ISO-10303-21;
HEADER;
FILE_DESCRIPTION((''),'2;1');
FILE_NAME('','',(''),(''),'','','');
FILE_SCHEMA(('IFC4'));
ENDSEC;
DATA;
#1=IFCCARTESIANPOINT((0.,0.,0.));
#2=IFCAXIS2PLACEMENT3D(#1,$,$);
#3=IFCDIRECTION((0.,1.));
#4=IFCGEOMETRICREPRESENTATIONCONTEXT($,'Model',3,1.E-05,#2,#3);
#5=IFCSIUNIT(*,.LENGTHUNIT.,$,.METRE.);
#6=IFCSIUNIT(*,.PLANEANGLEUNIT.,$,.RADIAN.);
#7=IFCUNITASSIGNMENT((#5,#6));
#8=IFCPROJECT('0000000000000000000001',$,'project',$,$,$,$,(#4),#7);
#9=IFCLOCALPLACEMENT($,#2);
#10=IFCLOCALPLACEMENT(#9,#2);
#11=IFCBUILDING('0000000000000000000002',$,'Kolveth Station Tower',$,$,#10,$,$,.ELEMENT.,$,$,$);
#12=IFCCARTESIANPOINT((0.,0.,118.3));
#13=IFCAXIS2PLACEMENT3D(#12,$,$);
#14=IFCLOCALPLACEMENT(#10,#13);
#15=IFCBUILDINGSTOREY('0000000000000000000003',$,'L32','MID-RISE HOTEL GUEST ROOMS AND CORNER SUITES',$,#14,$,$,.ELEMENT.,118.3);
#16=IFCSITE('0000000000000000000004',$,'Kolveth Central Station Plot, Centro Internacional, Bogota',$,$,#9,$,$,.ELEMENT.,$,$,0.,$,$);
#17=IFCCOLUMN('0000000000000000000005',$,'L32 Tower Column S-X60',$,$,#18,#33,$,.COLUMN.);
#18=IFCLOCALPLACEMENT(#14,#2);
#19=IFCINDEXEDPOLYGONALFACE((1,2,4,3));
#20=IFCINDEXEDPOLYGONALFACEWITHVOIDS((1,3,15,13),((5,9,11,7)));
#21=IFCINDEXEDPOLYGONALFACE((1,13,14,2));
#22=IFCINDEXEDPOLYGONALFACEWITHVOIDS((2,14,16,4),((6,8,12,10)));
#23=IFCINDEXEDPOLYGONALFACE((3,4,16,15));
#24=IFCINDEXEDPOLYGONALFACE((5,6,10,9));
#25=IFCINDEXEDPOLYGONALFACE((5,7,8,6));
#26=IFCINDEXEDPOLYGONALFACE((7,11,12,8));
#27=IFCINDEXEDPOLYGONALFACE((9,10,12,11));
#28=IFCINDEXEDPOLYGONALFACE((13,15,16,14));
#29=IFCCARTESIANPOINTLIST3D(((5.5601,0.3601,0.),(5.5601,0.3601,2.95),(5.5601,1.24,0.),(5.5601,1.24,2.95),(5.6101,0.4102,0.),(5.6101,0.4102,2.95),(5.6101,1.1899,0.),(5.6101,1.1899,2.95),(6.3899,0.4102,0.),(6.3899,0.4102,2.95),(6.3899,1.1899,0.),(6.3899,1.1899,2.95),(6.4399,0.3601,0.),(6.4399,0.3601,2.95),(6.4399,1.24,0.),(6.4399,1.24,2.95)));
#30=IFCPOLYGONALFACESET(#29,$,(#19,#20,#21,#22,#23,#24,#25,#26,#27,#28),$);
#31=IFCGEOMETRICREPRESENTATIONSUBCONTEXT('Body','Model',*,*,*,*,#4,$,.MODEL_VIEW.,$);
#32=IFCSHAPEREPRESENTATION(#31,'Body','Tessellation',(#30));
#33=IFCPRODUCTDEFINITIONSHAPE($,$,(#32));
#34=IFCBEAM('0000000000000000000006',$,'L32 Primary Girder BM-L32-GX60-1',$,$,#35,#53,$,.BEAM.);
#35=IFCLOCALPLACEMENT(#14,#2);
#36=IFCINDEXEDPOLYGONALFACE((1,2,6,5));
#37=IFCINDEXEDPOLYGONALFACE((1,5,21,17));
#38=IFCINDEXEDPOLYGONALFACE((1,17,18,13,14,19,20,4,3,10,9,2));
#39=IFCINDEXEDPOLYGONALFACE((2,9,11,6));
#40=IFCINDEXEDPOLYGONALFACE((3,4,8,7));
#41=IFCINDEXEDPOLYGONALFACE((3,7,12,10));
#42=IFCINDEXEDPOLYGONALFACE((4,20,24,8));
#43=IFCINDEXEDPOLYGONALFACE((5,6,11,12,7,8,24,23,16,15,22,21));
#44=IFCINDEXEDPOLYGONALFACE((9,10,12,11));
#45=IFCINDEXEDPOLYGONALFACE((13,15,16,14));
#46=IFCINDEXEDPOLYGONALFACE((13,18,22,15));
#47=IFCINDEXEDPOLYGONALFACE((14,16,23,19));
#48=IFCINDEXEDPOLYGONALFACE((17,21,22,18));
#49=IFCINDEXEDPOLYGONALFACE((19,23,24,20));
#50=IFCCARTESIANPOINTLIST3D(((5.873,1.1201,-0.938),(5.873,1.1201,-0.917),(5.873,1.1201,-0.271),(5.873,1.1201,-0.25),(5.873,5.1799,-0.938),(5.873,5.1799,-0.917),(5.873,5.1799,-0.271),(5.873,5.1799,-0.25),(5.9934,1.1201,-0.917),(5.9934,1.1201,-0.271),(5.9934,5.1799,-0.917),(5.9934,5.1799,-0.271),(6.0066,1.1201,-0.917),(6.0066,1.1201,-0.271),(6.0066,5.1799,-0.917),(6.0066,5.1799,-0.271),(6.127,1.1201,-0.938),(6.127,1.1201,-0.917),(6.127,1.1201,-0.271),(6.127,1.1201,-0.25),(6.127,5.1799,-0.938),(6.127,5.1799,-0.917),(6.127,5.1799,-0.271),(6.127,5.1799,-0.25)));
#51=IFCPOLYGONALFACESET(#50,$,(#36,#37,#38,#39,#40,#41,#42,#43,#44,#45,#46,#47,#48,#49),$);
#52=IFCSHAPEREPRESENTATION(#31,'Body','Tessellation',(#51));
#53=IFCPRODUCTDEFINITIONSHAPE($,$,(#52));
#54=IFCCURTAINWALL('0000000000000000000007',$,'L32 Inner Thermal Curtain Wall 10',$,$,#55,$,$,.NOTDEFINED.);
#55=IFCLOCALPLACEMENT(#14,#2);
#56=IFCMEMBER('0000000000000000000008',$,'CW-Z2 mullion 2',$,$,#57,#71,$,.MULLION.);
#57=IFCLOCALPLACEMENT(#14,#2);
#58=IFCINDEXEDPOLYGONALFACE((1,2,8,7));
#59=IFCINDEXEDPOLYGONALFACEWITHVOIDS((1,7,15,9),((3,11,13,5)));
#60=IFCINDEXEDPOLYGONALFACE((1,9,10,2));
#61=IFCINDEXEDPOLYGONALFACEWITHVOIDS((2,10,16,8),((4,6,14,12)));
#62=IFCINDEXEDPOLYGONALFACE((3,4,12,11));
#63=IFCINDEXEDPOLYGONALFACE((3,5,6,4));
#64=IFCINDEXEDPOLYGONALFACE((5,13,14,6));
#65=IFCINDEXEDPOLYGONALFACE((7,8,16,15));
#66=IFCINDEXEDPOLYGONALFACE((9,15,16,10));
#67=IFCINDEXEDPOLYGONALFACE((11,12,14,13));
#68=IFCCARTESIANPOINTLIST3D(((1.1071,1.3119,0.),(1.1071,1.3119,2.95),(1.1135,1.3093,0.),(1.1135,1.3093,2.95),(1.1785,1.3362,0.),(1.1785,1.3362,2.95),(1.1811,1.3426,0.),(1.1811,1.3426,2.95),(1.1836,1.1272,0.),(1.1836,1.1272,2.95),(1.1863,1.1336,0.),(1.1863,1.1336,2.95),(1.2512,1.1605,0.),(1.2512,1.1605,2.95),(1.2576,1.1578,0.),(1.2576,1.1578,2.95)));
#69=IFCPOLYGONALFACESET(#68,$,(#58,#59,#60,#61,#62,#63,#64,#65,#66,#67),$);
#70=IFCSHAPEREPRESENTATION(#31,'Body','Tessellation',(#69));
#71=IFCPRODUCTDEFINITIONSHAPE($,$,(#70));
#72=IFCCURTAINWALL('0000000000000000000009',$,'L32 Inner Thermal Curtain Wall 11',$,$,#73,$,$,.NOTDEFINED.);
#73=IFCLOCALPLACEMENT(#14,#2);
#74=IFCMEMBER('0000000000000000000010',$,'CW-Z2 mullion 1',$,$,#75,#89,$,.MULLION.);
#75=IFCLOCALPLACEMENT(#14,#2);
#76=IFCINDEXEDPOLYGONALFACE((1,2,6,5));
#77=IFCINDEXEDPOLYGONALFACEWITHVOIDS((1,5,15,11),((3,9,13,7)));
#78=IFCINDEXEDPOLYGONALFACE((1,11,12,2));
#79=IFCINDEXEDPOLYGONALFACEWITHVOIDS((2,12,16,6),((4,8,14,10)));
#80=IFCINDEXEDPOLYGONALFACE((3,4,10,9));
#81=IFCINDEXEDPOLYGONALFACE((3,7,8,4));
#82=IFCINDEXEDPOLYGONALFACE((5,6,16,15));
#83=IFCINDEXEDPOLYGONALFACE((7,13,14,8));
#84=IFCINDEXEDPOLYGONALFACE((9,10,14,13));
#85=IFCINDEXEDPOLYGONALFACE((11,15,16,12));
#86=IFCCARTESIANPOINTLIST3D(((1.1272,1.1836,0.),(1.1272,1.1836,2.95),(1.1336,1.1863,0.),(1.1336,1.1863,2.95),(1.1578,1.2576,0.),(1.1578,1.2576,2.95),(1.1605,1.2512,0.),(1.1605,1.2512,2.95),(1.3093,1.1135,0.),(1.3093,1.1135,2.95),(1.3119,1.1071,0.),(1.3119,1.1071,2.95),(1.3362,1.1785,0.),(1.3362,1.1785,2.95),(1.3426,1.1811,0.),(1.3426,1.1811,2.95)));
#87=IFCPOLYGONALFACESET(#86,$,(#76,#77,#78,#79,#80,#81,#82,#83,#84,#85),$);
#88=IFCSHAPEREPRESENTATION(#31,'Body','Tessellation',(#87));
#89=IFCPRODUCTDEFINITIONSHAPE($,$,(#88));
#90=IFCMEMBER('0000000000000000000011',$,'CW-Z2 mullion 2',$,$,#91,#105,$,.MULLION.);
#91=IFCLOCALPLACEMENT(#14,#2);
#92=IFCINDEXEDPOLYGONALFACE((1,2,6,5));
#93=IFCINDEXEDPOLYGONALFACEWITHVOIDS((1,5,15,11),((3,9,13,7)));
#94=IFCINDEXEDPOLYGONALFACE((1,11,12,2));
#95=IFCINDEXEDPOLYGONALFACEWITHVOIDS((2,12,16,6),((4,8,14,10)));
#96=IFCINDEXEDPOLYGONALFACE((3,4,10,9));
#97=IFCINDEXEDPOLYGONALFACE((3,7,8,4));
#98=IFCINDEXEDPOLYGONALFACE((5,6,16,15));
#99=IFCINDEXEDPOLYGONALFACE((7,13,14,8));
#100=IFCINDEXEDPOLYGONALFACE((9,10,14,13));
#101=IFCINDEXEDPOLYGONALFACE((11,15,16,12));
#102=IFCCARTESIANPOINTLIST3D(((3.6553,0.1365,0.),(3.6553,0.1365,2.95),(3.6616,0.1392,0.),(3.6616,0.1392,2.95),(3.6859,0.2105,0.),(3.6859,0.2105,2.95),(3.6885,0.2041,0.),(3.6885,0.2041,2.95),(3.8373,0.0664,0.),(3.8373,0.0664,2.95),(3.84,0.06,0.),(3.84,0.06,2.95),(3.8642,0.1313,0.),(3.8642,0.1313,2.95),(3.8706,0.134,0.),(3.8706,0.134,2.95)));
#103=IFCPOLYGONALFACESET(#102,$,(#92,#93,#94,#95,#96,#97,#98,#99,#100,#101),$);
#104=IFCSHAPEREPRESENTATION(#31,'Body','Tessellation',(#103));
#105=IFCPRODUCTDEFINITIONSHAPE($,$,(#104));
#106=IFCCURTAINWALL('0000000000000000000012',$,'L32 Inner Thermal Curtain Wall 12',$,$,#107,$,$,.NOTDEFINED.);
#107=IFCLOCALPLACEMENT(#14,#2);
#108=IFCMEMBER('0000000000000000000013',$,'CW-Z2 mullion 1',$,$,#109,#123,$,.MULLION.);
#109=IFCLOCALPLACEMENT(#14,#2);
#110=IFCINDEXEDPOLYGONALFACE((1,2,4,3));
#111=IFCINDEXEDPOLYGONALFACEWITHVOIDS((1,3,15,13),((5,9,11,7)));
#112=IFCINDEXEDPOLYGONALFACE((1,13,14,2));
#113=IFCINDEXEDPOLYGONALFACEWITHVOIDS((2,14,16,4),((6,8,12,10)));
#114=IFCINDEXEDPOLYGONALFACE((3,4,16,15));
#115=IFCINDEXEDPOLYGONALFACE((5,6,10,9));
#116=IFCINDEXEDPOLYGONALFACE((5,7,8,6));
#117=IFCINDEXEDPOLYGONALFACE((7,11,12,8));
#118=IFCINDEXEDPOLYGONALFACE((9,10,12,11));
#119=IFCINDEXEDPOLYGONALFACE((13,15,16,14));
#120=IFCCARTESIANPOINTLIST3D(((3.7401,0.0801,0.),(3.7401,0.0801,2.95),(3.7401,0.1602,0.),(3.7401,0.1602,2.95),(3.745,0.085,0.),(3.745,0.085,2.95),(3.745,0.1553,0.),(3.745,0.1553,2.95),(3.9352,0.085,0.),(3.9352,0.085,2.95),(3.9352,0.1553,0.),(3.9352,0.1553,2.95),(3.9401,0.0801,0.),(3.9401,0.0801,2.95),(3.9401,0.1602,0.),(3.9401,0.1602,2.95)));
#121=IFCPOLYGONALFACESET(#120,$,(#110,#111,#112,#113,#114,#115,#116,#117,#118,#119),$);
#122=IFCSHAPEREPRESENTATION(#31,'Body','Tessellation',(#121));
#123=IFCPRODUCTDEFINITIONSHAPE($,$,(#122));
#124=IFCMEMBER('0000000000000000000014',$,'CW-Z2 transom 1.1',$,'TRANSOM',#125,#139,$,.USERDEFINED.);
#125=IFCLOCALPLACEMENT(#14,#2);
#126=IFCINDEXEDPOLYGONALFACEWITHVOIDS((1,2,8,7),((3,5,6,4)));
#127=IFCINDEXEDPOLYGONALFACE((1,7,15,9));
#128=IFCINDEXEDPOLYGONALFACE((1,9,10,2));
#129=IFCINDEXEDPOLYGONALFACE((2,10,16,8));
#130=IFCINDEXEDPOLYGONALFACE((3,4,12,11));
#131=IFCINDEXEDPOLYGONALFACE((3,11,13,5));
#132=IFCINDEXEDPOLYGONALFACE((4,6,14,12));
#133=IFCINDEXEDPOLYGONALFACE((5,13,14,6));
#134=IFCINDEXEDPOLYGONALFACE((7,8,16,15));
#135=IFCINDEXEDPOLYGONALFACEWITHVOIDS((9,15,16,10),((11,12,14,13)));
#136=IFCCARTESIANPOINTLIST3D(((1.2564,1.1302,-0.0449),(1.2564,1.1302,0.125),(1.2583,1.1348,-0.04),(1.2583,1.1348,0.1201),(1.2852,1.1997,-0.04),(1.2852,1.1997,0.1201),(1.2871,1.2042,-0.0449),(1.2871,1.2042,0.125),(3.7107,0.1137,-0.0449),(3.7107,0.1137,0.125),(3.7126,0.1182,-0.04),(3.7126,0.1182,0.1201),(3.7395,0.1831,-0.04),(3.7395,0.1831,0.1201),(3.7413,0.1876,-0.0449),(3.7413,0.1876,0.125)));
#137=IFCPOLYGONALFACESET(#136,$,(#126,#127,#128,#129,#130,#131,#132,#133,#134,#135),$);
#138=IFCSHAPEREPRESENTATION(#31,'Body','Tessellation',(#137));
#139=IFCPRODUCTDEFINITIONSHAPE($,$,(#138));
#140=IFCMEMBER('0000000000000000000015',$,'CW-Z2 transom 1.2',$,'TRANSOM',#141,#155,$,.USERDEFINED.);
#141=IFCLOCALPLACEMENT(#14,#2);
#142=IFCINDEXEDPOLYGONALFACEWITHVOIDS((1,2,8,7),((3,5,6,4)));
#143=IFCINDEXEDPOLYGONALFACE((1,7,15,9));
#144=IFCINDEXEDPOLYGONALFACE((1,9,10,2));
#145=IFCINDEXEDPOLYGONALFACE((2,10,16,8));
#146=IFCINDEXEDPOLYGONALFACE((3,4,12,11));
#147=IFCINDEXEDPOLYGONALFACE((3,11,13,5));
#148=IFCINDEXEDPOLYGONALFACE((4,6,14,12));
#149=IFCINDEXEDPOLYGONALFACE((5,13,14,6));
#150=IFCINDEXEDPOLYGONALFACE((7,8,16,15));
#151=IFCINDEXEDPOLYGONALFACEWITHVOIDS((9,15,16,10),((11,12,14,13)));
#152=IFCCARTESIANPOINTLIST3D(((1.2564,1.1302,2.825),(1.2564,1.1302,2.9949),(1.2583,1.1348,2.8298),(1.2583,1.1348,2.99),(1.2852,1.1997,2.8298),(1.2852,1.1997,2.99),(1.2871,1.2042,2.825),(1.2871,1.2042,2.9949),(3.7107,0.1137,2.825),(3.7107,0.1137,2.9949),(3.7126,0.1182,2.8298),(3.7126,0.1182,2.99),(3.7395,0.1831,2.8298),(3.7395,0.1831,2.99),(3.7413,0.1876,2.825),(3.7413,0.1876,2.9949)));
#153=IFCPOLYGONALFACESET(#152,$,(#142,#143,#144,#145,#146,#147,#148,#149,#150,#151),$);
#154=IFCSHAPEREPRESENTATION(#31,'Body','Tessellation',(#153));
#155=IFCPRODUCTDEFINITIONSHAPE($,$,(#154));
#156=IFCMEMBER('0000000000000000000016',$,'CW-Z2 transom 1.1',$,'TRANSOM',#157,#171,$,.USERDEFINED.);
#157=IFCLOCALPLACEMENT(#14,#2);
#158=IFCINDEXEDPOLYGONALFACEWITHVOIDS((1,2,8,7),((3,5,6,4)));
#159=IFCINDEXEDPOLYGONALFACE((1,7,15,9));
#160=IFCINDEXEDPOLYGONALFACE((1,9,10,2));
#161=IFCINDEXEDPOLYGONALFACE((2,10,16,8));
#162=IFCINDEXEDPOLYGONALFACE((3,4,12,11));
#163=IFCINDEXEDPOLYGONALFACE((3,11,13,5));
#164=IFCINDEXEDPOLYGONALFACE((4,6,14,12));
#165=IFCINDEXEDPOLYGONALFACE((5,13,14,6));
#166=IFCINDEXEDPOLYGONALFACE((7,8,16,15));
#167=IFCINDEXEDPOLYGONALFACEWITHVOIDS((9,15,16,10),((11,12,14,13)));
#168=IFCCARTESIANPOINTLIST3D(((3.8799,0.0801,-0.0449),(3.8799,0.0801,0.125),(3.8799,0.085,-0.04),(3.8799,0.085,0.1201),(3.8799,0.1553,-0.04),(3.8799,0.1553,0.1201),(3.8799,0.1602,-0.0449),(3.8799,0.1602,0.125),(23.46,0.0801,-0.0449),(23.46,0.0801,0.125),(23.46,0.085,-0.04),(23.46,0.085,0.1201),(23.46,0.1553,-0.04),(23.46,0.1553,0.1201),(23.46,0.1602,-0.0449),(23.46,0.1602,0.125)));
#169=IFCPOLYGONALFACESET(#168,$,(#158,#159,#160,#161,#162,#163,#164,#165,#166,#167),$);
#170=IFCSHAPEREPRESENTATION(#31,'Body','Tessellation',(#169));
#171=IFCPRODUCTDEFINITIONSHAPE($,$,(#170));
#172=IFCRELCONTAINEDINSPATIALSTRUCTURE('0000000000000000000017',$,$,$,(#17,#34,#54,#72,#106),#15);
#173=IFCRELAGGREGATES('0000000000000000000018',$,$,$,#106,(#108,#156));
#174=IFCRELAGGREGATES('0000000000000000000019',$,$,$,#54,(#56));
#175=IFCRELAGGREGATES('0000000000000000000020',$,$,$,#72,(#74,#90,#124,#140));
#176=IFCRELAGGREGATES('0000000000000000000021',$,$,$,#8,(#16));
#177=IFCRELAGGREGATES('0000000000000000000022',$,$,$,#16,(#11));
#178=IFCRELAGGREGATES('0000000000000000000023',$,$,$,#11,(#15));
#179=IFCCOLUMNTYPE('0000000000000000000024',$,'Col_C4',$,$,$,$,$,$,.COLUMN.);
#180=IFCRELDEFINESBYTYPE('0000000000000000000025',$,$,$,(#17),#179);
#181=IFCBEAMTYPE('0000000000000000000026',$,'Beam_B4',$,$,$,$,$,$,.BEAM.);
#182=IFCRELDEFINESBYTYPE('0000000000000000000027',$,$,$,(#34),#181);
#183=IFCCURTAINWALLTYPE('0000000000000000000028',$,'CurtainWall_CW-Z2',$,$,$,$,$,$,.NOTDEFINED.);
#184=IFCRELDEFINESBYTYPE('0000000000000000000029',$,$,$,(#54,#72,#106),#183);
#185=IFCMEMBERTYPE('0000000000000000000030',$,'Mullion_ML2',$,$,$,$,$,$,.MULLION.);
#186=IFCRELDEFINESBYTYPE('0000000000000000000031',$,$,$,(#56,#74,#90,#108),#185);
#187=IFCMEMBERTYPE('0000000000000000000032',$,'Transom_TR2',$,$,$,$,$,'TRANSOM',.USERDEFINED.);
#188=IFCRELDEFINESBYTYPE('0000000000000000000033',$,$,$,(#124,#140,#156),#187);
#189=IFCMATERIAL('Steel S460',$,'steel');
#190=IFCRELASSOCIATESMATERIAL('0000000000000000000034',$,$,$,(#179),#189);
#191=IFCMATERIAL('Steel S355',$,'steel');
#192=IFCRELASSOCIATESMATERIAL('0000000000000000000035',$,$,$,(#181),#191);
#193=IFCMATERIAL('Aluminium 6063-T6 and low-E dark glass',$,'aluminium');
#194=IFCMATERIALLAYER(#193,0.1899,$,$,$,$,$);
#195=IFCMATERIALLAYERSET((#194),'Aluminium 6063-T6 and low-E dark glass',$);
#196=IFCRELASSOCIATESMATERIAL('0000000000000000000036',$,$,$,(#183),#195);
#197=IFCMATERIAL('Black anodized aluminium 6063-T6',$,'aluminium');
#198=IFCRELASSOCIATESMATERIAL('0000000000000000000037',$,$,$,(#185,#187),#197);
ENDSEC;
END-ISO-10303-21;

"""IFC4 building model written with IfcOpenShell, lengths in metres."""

from ifc_helpers import new_model, si_unit, direction, frame, origin, origin_2d, place, context, subcontext, project, spatial, hollow_rectangle, i_section, extrude, source, transform, mapped, material, layer, layer_set, material_profile, profile_set, type_object, element, aggregate, save


model = new_model("IFC4")

# Units and contexts
model_context = context("Model", 3, precision=1e-05, world=origin(), true_north=direction((0.0, 1.0)))
body_context = subcontext(model_context, "Body", "Model", "MODEL_VIEW")
ifc_project = project(units=[si_unit("LENGTHUNIT", "METRE"), si_unit("PLANEANGLEUNIT", "RADIAN")], contexts=[model_context])

# Site, building, storey
site_placement = place(None, origin())
site = spatial("IfcSite", under=ifc_project, at=site_placement, Name="Kolveth Central Station Plot, Centro Internacional, Bogota", CompositionType="ELEMENT", RefElevation=0.0)
building_placement = place(site_placement, origin())
building = spatial("IfcBuilding", under=site, at=building_placement, Name="Kolveth Station Tower", CompositionType="ELEMENT")
storey_placement = place(building_placement, frame((0.0, 0.0, 118.3)))
storey = spatial("IfcBuildingStorey", under=building, at=storey_placement, Name="L32", Description="MID-RISE HOTEL GUEST ROOMS AND CORNER SUITES", CompositionType="ELEMENT", Elevation=118.3)

# Column
ifc_material_1 = material(Name="Steel S460", Category="steel")
ifc_material_profile_1 = material_profile(ifc_material_1, hollow_rectangle(XDim=0.8799, YDim=0.8799, WallThickness=0.05, at=origin_2d()), Name="BOX880x880x50")
ifc_profile_set_1 = profile_set([ifc_material_profile_1], Name="Steel S460")
column_type = type_object("IfcColumnType", Name="Col_C4", PredefinedType="COLUMN", material=ifc_profile_set_1)
shared_shape_1 = source(origin(), body_context, "Body", "SweptSolid", [
    extrude(hollow_rectangle(XDim=0.8799, YDim=0.8799, WallThickness=0.05, at=origin_2d()), origin(), (0.0, 0.0, 1.0), 2.95),
])
column_placement = place(storey_placement, frame((6.0, 0.8, 0.0), z_axis=(0.0, 0.0, 1.0), x_axis=(1.0, 0.0, 0.0)))
element("IfcColumn", 1, at=column_placement, inside=storey, type_object=column_type, Name="L32 Tower Column S-X60", PredefinedType="COLUMN", context=body_context, shape_type="MappedRepresentation", body=[
    mapped(shared_shape_1, transform((0.0, 0.0, 0.0), x_axis=(1.0, 0.0, 0.0), y_axis=(0.0, 1.0, 0.0), z_axis=(0.0, 0.0, 1.0), scale=1.0)),
])

# Beam
ifc_material_2 = material(Name="Steel S355", Category="steel")
ifc_material_profile_2 = material_profile(ifc_material_2, i_section(OverallWidth=0.2539, OverallDepth=0.688, WebThickness=0.0132, FlangeThickness=0.021, at=origin_2d()), Name="W690x152")
ifc_profile_set_2 = profile_set([ifc_material_profile_2], Name="Steel S355")
beam_type = type_object("IfcBeamType", Name="Beam_B4", PredefinedType="BEAM", material=ifc_profile_set_2)
shared_shape_2 = source(origin(), body_context, "Body", "SweptSolid", [
    extrude(i_section(OverallWidth=0.2539, OverallDepth=0.688, WebThickness=0.0132, FlangeThickness=0.021, at=origin_2d()), origin(), (0.0, 0.0, 1.0), 4.0598),
])
beam_placement = place(storey_placement, frame((6.0, 1.1201, -0.594), z_axis=(0.0, 1.0, 0.0), x_axis=(-1.0, 0.0, 0.0)))
element("IfcBeam", 2, at=beam_placement, inside=storey, type_object=beam_type, Name="L32 Primary Girder BM-L32-GX60-1", PredefinedType="BEAM", context=body_context, shape_type="MappedRepresentation", body=[
    mapped(shared_shape_2, transform((0.0, 0.0, 0.0), x_axis=(1.0, 0.0, 0.0), y_axis=(0.0, 1.0, 0.0), z_axis=(0.0, 0.0, 1.0), scale=1.0)),
])

# Curtain wall, member
ifc_material_3 = material(Name="Aluminium 6063-T6 and low-E dark glass", Category="aluminium")
ifc_layer_1 = layer(ifc_material_3, 0.1899)
ifc_layer_set_1 = layer_set([ifc_layer_1], Name="Aluminium 6063-T6 and low-E dark glass")
curtain_wall_type_1 = type_object("IfcCurtainWallType", Name="CurtainWall_CW-Z2", PredefinedType="NOTDEFINED", material=ifc_layer_set_1)
curtain_wall_1_placement = place(storey_placement, origin())
curtain_wall_1 = element("IfcCurtainWall", 3, at=curtain_wall_1_placement, inside=storey, type_object=curtain_wall_type_1, Name="L32 Inner Thermal Curtain Wall 10", PredefinedType="NOTDEFINED")
ifc_material_4 = material(Name="Black anodized aluminium 6063-T6", Category="aluminium")
ifc_material_profile_3 = material_profile(ifc_material_4, hollow_rectangle(XDim=0.0801, YDim=0.2, WallThickness=0.0049, at=origin_2d()), Name="ALU-80x200x5")
ifc_profile_set_3 = profile_set([ifc_material_profile_3], Name="Black anodized aluminium 6063-T6")
member_type_1 = type_object("IfcMemberType", Name="Mullion_ML2", PredefinedType="MULLION", material=ifc_profile_set_3)
shared_shape_3 = source(origin(), body_context, "Body", "SweptSolid", [
    extrude(hollow_rectangle(XDim=0.0801, YDim=0.2, WallThickness=0.0049, at=origin_2d()), origin(), (0.0, 0.0, 1.0), 2.95),
])
member_1_placement = place(storey_placement, frame((1.1824, 1.2349, 0.0), z_axis=(0.0, 0.0, 1.0), x_axis=(0.923888, 0.382663, 0.0)))
member_1 = element("IfcMember", 4, at=member_1_placement, type_object=member_type_1, Name="CW-Z2 mullion 2", PredefinedType="MULLION", context=body_context, shape_type="MappedRepresentation", body=[
    mapped(shared_shape_3, transform((0.0, 0.0, 0.0), x_axis=(1.0, 0.0, 0.0), y_axis=(0.0, 1.0, 0.0), z_axis=(0.0, 0.0, 1.0), scale=1.0)),
])

# Curtain wall, members
curtain_wall_2_placement = place(storey_placement, origin())
curtain_wall_2 = element("IfcCurtainWall", 5, at=curtain_wall_2_placement, inside=storey, type_object=curtain_wall_type_1, Name="L32 Inner Thermal Curtain Wall 11", PredefinedType="NOTDEFINED")
member_2_placement = place(storey_placement, frame((1.2349, 1.1824, 0.0), z_axis=(0.0, 0.0, 1.0), x_axis=(0.382663, 0.923888, 0.0)))
member_2 = element("IfcMember", 6, at=member_2_placement, type_object=member_type_1, Name="CW-Z2 mullion 1", PredefinedType="MULLION", context=body_context, shape_type="MappedRepresentation", body=[
    mapped(shared_shape_3, transform((0.0, 0.0, 0.0), x_axis=(1.0, 0.0, 0.0), y_axis=(0.0, 1.0, 0.0), z_axis=(0.0, 0.0, 1.0), scale=1.0)),
])
member_3_placement = place(storey_placement, frame((3.7629, 0.1353, 0.0), z_axis=(0.0, 0.0, 1.0), x_axis=(0.382663, 0.923888, 0.0)))
member_3 = element("IfcMember", 7, at=member_3_placement, type_object=member_type_1, Name="CW-Z2 mullion 2", PredefinedType="MULLION", context=body_context, shape_type="MappedRepresentation", body=[
    mapped(shared_shape_3, transform((0.0, 0.0, 0.0), x_axis=(1.0, 0.0, 0.0), y_axis=(0.0, 1.0, 0.0), z_axis=(0.0, 0.0, 1.0), scale=1.0)),
])

# Curtain wall, member
curtain_wall_3_placement = place(storey_placement, origin())
curtain_wall_3 = element("IfcCurtainWall", 8, at=curtain_wall_3_placement, inside=storey, type_object=curtain_wall_type_1, Name="L32 Inner Thermal Curtain Wall 12", PredefinedType="NOTDEFINED")
member_4_placement = place(storey_placement, frame((3.8401, 0.1201, 0.0), z_axis=(0.0, 0.0, 1.0), x_axis=(0.0, 1.0, 0.0)))
member_4 = element("IfcMember", 9, at=member_4_placement, type_object=member_type_1, Name="CW-Z2 mullion 1", PredefinedType="MULLION", context=body_context, shape_type="MappedRepresentation", body=[
    mapped(shared_shape_3, transform((0.0, 0.0, 0.0), x_axis=(1.0, 0.0, 0.0), y_axis=(0.0, 1.0, 0.0), z_axis=(0.0, 0.0, 1.0), scale=1.0)),
])

# Members
ifc_material_profile_4 = material_profile(ifc_material_4, hollow_rectangle(XDim=0.0801, YDim=0.1699, WallThickness=0.0049, at=origin_2d()), Name="ALU-80x170x5")
ifc_profile_set_4 = profile_set([ifc_material_profile_4], Name="Black anodized aluminium 6063-T6")
member_type_2 = type_object("IfcMemberType", Name="Transom_TR2", ElementType="TRANSOM", PredefinedType="USERDEFINED", material=ifc_profile_set_4)
shared_shape_4 = source(origin(), body_context, "Body", "SweptSolid", [
    extrude(hollow_rectangle(XDim=0.0801, YDim=0.1699, WallThickness=0.0049, at=origin_2d()), origin(), (0.0, 0.0, 1.0), 2.6565),
])
member_5_placement = place(storey_placement, frame((1.2717, 1.1672, 0.04), z_axis=(0.923882, -0.382676, 0.0), x_axis=(0.382676, 0.923882, 0.0)))
member_5 = element("IfcMember", 10, at=member_5_placement, type_object=member_type_2, Name="CW-Z2 transom 1.1", ObjectType="TRANSOM", PredefinedType="USERDEFINED", context=body_context, shape_type="MappedRepresentation", body=[
    mapped(shared_shape_4, transform((0.0, 0.0, 0.0), x_axis=(1.0, 0.0, 0.0), y_axis=(0.0, 1.0, 0.0), z_axis=(0.0, 0.0, 1.0), scale=1.0)),
])
member_6_placement = place(storey_placement, frame((1.2717, 1.1672, 2.9099), z_axis=(0.923882, -0.382676, 0.0), x_axis=(0.382676, 0.923882, 0.0)))
member_6 = element("IfcMember", 11, at=member_6_placement, type_object=member_type_2, Name="CW-Z2 transom 1.2", ObjectType="TRANSOM", PredefinedType="USERDEFINED", context=body_context, shape_type="MappedRepresentation", body=[
    mapped(shared_shape_4, transform((0.0, 0.0, 0.0), x_axis=(1.0, 0.0, 0.0), y_axis=(0.0, 1.0, 0.0), z_axis=(0.0, 0.0, 1.0), scale=1.0)),
])
shared_shape_5 = source(origin(), body_context, "Body", "SweptSolid", [
    extrude(hollow_rectangle(XDim=0.0801, YDim=0.1699, WallThickness=0.0049, at=origin_2d()), origin(), (0.0, 0.0, 1.0), 19.5801),
])
member_7_placement = place(storey_placement, frame((3.8799, 0.1201, 0.04), z_axis=(1.0, 0.0, 0.0), x_axis=(0.0, 1.0, 0.0)))
member_7 = element("IfcMember", 12, at=member_7_placement, type_object=member_type_2, Name="CW-Z2 transom 1.1", ObjectType="TRANSOM", PredefinedType="USERDEFINED", context=body_context, shape_type="MappedRepresentation", body=[
    mapped(shared_shape_5, transform((0.0, 0.0, 0.0), x_axis=(1.0, 0.0, 0.0), y_axis=(0.0, 1.0, 0.0), z_axis=(0.0, 0.0, 1.0), scale=1.0)),
])
aggregate(curtain_wall_3, [member_4, member_7])

aggregate(curtain_wall_1, [member_1])
aggregate(curtain_wall_2, [member_2, member_3, member_5, member_6])

save(model, "model.ifc")
